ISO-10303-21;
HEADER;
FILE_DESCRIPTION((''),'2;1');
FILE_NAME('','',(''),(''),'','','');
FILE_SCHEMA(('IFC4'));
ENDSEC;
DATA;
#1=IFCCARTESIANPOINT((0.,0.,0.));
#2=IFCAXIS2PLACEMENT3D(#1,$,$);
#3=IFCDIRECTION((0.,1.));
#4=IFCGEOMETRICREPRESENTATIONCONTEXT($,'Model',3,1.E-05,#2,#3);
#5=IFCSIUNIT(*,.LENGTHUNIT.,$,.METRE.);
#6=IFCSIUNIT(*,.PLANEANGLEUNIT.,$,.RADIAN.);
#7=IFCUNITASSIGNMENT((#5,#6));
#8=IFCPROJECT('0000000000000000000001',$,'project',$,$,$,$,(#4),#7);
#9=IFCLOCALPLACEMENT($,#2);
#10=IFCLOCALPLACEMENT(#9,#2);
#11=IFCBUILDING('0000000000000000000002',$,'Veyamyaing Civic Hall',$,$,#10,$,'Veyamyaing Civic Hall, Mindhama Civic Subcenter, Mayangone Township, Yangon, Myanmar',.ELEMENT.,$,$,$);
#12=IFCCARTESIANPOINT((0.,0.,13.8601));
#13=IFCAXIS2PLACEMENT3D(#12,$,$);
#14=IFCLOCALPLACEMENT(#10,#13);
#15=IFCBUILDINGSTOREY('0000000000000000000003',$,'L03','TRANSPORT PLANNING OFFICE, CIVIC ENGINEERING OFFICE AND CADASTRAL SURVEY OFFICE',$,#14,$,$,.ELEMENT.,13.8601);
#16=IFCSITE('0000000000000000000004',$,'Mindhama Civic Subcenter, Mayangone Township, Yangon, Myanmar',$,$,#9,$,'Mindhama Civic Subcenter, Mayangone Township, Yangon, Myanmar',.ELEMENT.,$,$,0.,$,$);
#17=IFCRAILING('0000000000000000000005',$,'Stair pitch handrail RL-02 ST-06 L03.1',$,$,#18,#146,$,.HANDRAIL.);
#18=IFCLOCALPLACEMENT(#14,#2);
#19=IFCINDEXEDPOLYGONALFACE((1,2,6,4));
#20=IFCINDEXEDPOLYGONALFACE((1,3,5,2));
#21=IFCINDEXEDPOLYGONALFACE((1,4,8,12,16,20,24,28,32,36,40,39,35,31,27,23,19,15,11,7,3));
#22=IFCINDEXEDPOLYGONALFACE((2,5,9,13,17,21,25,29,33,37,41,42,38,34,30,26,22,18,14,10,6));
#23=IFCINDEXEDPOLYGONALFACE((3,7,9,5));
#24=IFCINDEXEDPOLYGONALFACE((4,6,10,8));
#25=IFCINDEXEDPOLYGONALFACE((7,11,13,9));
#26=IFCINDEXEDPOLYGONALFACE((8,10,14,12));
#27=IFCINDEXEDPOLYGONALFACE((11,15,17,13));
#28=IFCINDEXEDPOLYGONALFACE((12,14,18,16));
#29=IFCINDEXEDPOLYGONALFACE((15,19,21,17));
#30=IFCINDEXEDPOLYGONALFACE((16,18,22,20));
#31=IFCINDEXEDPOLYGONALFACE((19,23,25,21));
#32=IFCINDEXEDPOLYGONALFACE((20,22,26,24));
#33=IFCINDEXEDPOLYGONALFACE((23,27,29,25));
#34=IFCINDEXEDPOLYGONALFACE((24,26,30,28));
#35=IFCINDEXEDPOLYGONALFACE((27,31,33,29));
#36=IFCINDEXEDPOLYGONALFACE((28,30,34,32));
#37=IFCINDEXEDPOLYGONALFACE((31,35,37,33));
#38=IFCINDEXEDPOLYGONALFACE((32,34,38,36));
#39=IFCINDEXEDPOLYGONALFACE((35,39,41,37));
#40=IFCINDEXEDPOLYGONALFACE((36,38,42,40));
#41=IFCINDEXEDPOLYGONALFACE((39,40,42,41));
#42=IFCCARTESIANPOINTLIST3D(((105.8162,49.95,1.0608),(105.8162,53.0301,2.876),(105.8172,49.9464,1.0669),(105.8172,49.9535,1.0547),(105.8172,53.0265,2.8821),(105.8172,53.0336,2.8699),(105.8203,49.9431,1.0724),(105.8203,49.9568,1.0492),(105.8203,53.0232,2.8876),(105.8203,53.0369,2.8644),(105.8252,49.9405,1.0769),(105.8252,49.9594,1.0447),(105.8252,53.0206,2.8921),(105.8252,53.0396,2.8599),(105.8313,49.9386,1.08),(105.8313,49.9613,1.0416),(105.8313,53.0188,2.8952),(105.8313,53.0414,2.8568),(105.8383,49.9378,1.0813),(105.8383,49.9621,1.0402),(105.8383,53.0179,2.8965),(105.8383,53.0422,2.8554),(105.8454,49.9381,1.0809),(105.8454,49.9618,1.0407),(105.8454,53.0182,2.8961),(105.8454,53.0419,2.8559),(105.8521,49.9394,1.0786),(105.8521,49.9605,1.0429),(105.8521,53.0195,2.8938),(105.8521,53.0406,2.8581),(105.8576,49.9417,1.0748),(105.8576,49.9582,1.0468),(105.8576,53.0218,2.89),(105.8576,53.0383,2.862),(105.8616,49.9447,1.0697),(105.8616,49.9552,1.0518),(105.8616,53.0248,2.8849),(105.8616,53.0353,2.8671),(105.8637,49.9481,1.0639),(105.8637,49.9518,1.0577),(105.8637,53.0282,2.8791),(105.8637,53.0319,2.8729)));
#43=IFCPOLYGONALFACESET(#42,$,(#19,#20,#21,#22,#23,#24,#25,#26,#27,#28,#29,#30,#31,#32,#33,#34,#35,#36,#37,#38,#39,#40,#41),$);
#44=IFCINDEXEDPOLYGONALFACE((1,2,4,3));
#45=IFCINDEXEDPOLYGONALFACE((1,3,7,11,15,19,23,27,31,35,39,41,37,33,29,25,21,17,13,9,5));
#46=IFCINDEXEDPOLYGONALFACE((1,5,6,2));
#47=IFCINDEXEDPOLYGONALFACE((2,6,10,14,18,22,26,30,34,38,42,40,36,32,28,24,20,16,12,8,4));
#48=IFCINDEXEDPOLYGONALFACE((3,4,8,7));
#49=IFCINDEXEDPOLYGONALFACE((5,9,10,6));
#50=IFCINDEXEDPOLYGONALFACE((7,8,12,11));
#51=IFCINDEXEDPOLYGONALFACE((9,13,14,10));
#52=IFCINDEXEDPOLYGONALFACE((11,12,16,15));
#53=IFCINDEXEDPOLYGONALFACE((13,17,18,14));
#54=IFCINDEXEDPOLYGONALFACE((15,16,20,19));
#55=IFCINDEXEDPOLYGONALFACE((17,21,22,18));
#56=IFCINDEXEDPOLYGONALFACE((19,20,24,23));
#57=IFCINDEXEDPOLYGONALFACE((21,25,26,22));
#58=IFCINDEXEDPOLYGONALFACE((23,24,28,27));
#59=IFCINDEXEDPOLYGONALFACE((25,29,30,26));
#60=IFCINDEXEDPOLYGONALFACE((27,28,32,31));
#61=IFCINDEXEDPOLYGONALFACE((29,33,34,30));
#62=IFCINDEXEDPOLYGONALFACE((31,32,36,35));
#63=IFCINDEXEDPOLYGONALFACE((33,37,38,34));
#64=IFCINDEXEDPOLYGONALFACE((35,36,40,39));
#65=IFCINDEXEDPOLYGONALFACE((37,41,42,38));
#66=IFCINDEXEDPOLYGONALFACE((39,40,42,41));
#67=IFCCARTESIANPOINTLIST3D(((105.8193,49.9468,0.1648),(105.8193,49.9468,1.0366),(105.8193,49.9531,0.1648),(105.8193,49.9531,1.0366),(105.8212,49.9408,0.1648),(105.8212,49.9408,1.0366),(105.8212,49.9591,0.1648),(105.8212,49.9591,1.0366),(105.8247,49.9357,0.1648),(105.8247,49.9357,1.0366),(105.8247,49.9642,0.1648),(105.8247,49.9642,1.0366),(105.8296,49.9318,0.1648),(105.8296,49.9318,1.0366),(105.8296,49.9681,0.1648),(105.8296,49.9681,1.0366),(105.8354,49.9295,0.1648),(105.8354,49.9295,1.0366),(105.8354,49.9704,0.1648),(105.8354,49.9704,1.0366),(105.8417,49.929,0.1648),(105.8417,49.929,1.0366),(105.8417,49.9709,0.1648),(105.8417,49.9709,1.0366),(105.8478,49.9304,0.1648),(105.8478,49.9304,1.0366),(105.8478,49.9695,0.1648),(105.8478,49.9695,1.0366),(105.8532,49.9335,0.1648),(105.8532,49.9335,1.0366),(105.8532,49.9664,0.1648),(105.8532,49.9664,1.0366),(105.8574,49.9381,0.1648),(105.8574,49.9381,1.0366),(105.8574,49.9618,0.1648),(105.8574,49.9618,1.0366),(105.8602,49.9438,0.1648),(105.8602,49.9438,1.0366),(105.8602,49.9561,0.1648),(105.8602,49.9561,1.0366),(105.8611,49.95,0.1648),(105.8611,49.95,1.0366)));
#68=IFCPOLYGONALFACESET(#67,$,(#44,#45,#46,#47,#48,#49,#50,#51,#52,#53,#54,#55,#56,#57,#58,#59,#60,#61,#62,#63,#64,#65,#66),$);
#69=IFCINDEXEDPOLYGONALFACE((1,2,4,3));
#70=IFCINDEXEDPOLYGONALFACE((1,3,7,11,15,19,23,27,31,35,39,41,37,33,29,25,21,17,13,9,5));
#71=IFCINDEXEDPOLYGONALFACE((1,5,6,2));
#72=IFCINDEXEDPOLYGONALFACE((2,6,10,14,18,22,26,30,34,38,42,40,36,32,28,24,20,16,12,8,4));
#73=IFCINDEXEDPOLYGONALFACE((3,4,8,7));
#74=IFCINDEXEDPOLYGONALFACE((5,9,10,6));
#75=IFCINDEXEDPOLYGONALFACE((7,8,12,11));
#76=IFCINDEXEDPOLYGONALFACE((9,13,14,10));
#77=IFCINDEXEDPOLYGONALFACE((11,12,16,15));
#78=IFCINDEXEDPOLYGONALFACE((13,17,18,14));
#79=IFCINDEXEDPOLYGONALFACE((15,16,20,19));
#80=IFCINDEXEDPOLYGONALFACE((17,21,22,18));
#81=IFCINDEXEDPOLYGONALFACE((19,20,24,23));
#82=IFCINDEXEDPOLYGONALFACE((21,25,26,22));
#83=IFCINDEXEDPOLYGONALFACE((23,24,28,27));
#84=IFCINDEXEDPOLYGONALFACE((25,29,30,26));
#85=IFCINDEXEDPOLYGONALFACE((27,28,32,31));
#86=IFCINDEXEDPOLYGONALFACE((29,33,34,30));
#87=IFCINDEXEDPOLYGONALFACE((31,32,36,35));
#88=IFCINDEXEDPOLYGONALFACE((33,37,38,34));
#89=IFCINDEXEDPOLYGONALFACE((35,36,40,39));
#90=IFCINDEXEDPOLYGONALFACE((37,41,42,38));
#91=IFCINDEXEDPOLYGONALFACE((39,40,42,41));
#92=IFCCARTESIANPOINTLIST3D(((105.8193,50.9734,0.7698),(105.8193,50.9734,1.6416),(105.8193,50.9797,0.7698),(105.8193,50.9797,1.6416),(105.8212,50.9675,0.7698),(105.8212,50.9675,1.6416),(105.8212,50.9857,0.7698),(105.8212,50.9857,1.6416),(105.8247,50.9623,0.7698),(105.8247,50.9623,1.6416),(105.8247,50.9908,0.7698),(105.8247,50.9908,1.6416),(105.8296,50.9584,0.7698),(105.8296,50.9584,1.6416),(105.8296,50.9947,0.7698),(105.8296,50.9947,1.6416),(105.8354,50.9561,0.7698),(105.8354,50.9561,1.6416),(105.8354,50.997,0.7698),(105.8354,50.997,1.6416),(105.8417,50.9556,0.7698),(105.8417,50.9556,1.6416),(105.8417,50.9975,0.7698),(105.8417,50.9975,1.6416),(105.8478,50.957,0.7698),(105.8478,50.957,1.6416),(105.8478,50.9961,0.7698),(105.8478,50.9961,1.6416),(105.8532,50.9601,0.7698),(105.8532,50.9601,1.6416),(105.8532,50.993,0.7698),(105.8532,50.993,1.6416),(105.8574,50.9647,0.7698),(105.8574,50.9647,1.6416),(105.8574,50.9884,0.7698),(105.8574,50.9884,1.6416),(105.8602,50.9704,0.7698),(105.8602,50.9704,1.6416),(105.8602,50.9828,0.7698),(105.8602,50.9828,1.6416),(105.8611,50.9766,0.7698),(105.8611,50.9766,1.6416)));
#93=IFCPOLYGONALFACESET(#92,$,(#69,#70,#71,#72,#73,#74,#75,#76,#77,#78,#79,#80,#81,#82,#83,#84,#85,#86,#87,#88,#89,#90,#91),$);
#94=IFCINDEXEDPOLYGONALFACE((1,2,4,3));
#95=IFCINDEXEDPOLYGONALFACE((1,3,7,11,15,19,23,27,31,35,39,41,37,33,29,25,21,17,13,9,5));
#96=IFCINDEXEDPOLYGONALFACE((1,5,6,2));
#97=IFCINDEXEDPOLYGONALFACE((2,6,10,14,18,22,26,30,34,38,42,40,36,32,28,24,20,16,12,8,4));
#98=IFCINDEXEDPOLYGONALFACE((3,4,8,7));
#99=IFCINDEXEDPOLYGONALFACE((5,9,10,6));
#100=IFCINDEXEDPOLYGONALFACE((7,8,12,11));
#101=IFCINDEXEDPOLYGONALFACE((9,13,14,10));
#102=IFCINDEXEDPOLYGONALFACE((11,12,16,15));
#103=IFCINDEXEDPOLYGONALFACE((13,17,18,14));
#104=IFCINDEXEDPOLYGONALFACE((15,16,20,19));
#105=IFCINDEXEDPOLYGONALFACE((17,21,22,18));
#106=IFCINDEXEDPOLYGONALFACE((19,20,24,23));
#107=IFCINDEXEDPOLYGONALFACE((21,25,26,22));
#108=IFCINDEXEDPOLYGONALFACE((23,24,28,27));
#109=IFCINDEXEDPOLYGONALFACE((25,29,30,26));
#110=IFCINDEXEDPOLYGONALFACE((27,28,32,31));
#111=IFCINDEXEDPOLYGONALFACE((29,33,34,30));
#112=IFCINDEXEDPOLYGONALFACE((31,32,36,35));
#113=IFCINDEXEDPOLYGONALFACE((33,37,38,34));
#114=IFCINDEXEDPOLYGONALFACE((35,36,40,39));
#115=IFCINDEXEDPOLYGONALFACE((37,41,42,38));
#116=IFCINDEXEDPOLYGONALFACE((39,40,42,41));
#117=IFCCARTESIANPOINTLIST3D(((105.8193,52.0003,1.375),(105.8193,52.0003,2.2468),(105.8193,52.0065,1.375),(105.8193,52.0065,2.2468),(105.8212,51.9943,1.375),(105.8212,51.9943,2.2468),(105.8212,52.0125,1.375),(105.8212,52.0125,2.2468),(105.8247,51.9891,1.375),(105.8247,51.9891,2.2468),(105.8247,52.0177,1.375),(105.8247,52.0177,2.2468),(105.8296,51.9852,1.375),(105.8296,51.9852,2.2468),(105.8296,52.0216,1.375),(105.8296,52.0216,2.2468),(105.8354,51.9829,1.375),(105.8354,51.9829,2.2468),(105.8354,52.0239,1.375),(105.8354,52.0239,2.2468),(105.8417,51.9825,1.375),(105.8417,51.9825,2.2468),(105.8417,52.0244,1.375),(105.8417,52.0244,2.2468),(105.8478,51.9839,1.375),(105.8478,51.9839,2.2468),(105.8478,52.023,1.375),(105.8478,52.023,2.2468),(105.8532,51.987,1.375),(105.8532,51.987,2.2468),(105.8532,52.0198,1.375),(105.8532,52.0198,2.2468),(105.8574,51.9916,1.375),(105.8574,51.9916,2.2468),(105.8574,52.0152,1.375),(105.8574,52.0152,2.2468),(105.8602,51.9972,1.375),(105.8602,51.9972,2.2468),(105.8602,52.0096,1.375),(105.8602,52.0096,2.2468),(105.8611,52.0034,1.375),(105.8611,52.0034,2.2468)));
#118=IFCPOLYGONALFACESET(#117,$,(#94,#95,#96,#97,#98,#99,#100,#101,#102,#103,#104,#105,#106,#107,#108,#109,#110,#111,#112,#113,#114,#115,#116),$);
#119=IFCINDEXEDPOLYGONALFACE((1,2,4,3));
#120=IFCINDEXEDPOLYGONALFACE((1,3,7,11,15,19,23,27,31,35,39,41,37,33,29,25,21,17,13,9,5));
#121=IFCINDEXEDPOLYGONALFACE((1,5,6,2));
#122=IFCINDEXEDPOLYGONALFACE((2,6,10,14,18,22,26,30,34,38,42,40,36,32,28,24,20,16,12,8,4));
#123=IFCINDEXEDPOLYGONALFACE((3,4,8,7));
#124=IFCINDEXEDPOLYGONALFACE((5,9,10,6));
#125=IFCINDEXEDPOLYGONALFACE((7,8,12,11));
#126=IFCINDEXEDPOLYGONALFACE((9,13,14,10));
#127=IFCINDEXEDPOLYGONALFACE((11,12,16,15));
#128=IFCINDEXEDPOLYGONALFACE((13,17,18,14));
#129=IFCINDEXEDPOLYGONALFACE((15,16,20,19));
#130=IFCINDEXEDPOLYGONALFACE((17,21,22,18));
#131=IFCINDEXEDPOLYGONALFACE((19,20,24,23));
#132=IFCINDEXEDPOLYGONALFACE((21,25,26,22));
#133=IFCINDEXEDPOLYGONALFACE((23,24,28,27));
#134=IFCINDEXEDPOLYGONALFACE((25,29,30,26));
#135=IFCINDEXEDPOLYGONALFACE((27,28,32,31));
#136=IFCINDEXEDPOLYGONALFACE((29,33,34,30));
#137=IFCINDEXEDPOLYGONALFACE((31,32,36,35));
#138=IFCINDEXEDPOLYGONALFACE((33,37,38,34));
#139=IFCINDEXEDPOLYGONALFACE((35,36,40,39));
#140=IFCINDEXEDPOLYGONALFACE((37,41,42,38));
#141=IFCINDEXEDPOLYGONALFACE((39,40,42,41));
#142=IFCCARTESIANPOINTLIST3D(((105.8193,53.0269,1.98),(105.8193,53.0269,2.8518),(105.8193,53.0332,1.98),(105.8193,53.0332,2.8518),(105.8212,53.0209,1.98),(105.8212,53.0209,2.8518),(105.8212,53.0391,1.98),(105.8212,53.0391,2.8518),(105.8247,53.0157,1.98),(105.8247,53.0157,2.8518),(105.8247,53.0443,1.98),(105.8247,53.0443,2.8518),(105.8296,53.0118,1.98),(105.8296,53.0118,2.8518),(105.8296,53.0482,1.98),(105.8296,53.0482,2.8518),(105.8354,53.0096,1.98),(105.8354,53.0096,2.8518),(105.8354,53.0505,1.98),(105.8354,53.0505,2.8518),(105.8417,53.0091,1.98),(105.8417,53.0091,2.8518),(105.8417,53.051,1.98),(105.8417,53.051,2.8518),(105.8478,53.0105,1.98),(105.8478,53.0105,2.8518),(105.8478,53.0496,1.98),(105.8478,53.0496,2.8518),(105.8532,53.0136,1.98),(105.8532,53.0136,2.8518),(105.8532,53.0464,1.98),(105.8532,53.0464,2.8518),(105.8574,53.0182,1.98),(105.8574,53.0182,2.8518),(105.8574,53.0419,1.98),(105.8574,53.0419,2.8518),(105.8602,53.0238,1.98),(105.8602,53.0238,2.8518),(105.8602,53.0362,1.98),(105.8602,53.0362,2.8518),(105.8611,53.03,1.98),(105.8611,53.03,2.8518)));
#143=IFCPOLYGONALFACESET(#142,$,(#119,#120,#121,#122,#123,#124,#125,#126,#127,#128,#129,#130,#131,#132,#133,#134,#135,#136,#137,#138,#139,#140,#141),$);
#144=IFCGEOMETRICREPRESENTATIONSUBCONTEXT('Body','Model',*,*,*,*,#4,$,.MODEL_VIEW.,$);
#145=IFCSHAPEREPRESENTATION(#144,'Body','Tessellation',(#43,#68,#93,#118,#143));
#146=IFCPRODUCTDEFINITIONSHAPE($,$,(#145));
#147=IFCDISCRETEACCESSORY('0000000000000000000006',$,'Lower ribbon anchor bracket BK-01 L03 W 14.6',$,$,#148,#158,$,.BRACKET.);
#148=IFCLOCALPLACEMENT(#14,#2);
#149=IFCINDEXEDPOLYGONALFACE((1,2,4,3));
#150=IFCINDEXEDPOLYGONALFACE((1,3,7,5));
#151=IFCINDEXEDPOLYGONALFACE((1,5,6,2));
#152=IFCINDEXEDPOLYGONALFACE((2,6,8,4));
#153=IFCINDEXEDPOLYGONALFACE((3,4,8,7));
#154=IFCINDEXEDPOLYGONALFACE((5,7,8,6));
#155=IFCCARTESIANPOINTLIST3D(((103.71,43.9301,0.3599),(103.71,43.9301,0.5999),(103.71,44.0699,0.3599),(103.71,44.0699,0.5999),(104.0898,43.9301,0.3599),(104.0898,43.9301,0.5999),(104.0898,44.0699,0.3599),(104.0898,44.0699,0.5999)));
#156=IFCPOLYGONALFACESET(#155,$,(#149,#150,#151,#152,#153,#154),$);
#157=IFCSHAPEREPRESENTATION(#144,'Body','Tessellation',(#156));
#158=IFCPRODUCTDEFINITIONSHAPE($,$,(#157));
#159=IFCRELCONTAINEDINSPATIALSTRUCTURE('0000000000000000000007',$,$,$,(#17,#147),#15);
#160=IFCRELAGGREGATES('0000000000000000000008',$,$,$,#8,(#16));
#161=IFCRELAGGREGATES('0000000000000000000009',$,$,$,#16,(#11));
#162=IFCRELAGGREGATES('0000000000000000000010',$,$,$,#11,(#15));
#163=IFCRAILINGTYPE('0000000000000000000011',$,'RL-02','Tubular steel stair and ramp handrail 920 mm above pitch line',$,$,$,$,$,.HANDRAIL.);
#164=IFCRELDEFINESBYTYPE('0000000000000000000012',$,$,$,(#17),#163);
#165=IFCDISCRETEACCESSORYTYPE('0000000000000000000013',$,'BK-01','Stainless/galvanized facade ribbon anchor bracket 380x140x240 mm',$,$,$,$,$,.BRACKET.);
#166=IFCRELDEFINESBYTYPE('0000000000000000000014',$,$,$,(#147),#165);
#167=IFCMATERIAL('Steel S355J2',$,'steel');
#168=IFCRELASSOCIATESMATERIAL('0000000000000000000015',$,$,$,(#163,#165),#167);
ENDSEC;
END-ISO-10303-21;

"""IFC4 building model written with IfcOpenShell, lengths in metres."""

from ifc_helpers import new_model, si_unit, direction, frame, origin, origin_2d, place, context, subcontext, project, spatial, rectangle, circle, extrude, material, type_object, element, save


model = new_model("IFC4")

# Units and contexts
model_context = context("Model", 3, precision=1e-05, world=origin(), true_north=direction((0.0, 1.0)))
body_context = subcontext(model_context, "Body", "Model", "MODEL_VIEW")
ifc_project = project(units=[si_unit("LENGTHUNIT", "METRE"), si_unit("PLANEANGLEUNIT", "RADIAN")], contexts=[model_context])

# Site, building, storey
site_placement = place(None, origin())
site = spatial("IfcSite", under=ifc_project, at=site_placement, Name="Mindhama Civic Subcenter, Mayangone Township, Yangon, Myanmar", LongName="Mindhama Civic Subcenter, Mayangone Township, Yangon, Myanmar", CompositionType="ELEMENT", RefElevation=0.0)
building_placement = place(site_placement, origin())
building = spatial("IfcBuilding", under=site, at=building_placement, Name="Veyamyaing Civic Hall", LongName="Veyamyaing Civic Hall, Mindhama Civic Subcenter, Mayangone Township, Yangon, Myanmar", CompositionType="ELEMENT")
storey_placement = place(building_placement, frame((0.0, 0.0, 13.8601)))
storey = spatial("IfcBuildingStorey", under=building, at=storey_placement, Name="L03", Description="TRANSPORT PLANNING OFFICE, CIVIC ENGINEERING OFFICE AND CADASTRAL SURVEY OFFICE", CompositionType="ELEMENT", Elevation=13.8601)

# Railing
ifc_material_1 = material(Name="Steel S355J2", Category="steel")
railing_type_1 = type_object("IfcRailingType", Name="RL-02", Description="Tubular steel stair and ramp handrail 920 mm above pitch line", PredefinedType="HANDRAIL", material=ifc_material_1)
railing_1_placement = place(storey_placement, frame((105.8401, 49.95, 0.1648)))
element("IfcRailing", 1, at=railing_1_placement, inside=storey, type_object=railing_type_1, Name="Stair pitch handrail RL-02 ST-06 L03.1", PredefinedType="HANDRAIL", context=body_context, shape_type="SweptSolid", body=[
    extrude(circle(Radius=0.0239, at=origin_2d()), frame((0.0, 0.0, 0.896), z_axis=(0.0, 0.861521, 0.507721), x_axis=(-1.0, 0.0, 0.0)), (0.0, 0.0, 1.0), 3.5752),
    extrude(circle(Radius=0.021, at=origin_2d()), origin(), (0.0, 0.0, 1.0), 0.8718),
    extrude(circle(Radius=0.021, at=origin_2d()), frame((0.0, 1.0266, 0.605)), (0.0, 0.0, 1.0), 0.8718),
    extrude(circle(Radius=0.021, at=origin_2d()), frame((0.0, 2.0535, 1.2102)), (0.0, 0.0, 1.0), 0.8718),
    extrude(circle(Radius=0.021, at=origin_2d()), frame((0.0, 3.0801, 1.8152)), (0.0, 0.0, 1.0), 0.8718),
])

# Discrete accessory
discrete_accessory_type = type_object("IfcDiscreteAccessoryType", Name="BK-01", Description="Stainless/galvanized facade ribbon anchor bracket 380x140x240 mm", PredefinedType="BRACKET", material=ifc_material_1)
discrete_accessory_placement = place(storey_placement, frame((103.8999, 44.0, 0.3599), z_axis=(0.0, 0.0, 1.0), x_axis=(-1.0, 0.0, 0.0)))
element("IfcDiscreteAccessory", 2, at=discrete_accessory_placement, inside=storey, type_object=discrete_accessory_type, Name="Lower ribbon anchor bracket BK-01 L03 W 14.6", PredefinedType="BRACKET", context=body_context, shape_type="SweptSolid", body=[
    extrude(rectangle(XDim=0.3799, YDim=0.1399, at=origin_2d()), origin(), (0.0, 0.0, 1.0), 0.24),
])

save(model, "model.ifc")
